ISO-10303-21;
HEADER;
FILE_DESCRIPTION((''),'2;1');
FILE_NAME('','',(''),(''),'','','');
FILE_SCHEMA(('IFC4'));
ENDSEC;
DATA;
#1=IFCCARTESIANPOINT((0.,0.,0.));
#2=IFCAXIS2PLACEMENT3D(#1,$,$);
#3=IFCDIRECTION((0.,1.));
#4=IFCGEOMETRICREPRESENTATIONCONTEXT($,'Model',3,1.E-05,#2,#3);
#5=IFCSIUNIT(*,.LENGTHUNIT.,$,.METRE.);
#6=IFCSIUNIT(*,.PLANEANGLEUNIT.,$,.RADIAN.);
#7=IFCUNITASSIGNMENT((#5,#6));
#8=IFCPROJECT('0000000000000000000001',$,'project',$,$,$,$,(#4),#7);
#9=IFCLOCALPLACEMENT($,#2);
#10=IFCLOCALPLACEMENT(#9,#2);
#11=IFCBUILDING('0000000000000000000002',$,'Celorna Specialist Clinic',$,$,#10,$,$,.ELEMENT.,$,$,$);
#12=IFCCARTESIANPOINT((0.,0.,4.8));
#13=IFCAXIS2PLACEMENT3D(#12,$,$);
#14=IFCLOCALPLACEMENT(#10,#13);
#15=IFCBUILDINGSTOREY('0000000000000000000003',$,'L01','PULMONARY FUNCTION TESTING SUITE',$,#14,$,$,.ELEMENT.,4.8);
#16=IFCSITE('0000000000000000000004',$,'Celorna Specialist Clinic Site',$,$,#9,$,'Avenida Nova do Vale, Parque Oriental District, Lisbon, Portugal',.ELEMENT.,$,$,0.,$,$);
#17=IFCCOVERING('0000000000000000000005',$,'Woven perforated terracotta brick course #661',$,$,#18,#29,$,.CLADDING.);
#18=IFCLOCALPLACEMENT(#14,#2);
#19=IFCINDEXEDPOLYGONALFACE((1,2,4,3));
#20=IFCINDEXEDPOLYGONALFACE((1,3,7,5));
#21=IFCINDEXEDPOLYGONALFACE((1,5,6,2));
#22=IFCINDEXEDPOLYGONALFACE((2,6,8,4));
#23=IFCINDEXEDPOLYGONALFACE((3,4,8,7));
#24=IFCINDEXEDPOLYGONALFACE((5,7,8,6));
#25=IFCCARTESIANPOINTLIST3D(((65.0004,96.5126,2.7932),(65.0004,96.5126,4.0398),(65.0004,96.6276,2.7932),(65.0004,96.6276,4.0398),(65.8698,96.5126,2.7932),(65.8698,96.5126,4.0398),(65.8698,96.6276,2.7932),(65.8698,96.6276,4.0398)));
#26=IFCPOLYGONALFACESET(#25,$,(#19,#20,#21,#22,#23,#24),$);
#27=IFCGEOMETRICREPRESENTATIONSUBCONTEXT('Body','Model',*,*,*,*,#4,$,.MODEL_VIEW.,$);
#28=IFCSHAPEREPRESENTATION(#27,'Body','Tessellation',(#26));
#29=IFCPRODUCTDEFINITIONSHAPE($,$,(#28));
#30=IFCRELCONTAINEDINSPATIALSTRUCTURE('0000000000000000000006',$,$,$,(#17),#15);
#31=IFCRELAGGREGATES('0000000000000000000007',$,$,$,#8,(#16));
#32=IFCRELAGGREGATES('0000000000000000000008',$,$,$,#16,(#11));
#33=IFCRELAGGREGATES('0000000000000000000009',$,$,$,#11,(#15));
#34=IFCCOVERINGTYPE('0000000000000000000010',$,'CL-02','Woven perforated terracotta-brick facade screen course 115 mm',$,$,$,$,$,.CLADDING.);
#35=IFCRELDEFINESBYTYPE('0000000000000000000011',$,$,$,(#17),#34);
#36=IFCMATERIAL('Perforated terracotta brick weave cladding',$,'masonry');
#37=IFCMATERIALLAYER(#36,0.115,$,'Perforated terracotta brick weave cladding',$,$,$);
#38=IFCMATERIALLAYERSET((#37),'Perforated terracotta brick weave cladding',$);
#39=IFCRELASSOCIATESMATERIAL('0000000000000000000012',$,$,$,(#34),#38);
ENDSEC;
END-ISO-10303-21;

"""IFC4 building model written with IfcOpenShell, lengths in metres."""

from ifc_helpers import new_model, si_unit, direction, frame, origin, origin_2d, place, context, subcontext, project, spatial, rectangle, extrude, material, layer, layer_set, type_object, element, save


model = new_model("IFC4")

# Units and contexts
model_context = context("Model", 3, precision=1e-05, world=origin(), true_north=direction((0.0, 1.0)))
body_context = subcontext(model_context, "Body", "Model", "MODEL_VIEW")
ifc_project = project(units=[si_unit("LENGTHUNIT", "METRE"), si_unit("PLANEANGLEUNIT", "RADIAN")], contexts=[model_context])

# Site, building, storey
site_placement = place(None, origin())
site = spatial("IfcSite", under=ifc_project, at=site_placement, Name="Celorna Specialist Clinic Site", LongName="Avenida Nova do Vale, Parque Oriental District, Lisbon, Portugal", CompositionType="ELEMENT", RefElevation=0.0)
building_placement = place(site_placement, origin())
building = spatial("IfcBuilding", under=site, at=building_placement, Name="Celorna Specialist Clinic", CompositionType="ELEMENT")
storey_placement = place(building_placement, frame((0.0, 0.0, 4.8)))
storey = spatial("IfcBuildingStorey", under=building, at=storey_placement, Name="L01", Description="PULMONARY FUNCTION TESTING SUITE", CompositionType="ELEMENT", Elevation=4.8)

# Covering
ifc_material_1 = material(Name="Perforated terracotta brick weave cladding", Category="masonry")
ifc_layer_1 = layer(ifc_material_1, 0.115, Name="Perforated terracotta brick weave cladding")
ifc_layer_set_1 = layer_set([ifc_layer_1], Name="Perforated terracotta brick weave cladding")
covering_type = type_object("IfcCoveringType", Name="CL-02", Description="Woven perforated terracotta-brick facade screen course 115 mm", PredefinedType="CLADDING", material=ifc_layer_set_1)
covering_1_placement = place(storey_placement, frame((65.4351, 96.5701, 2.7932), z_axis=(0.0, 0.0, 1.0), x_axis=(1.0, 0.0, 0.0)))
element("IfcCovering", 1, at=covering_1_placement, inside=storey, type_object=covering_type, Name="Woven perforated terracotta brick course #661", PredefinedType="CLADDING", context=body_context, shape_type="SweptSolid", body=[
    extrude(rectangle(XDim=0.8694, YDim=0.115, at=origin_2d()), origin(), (0.0, 0.0, 1.0), 1.2466),
])

save(model, "model.ifc")
